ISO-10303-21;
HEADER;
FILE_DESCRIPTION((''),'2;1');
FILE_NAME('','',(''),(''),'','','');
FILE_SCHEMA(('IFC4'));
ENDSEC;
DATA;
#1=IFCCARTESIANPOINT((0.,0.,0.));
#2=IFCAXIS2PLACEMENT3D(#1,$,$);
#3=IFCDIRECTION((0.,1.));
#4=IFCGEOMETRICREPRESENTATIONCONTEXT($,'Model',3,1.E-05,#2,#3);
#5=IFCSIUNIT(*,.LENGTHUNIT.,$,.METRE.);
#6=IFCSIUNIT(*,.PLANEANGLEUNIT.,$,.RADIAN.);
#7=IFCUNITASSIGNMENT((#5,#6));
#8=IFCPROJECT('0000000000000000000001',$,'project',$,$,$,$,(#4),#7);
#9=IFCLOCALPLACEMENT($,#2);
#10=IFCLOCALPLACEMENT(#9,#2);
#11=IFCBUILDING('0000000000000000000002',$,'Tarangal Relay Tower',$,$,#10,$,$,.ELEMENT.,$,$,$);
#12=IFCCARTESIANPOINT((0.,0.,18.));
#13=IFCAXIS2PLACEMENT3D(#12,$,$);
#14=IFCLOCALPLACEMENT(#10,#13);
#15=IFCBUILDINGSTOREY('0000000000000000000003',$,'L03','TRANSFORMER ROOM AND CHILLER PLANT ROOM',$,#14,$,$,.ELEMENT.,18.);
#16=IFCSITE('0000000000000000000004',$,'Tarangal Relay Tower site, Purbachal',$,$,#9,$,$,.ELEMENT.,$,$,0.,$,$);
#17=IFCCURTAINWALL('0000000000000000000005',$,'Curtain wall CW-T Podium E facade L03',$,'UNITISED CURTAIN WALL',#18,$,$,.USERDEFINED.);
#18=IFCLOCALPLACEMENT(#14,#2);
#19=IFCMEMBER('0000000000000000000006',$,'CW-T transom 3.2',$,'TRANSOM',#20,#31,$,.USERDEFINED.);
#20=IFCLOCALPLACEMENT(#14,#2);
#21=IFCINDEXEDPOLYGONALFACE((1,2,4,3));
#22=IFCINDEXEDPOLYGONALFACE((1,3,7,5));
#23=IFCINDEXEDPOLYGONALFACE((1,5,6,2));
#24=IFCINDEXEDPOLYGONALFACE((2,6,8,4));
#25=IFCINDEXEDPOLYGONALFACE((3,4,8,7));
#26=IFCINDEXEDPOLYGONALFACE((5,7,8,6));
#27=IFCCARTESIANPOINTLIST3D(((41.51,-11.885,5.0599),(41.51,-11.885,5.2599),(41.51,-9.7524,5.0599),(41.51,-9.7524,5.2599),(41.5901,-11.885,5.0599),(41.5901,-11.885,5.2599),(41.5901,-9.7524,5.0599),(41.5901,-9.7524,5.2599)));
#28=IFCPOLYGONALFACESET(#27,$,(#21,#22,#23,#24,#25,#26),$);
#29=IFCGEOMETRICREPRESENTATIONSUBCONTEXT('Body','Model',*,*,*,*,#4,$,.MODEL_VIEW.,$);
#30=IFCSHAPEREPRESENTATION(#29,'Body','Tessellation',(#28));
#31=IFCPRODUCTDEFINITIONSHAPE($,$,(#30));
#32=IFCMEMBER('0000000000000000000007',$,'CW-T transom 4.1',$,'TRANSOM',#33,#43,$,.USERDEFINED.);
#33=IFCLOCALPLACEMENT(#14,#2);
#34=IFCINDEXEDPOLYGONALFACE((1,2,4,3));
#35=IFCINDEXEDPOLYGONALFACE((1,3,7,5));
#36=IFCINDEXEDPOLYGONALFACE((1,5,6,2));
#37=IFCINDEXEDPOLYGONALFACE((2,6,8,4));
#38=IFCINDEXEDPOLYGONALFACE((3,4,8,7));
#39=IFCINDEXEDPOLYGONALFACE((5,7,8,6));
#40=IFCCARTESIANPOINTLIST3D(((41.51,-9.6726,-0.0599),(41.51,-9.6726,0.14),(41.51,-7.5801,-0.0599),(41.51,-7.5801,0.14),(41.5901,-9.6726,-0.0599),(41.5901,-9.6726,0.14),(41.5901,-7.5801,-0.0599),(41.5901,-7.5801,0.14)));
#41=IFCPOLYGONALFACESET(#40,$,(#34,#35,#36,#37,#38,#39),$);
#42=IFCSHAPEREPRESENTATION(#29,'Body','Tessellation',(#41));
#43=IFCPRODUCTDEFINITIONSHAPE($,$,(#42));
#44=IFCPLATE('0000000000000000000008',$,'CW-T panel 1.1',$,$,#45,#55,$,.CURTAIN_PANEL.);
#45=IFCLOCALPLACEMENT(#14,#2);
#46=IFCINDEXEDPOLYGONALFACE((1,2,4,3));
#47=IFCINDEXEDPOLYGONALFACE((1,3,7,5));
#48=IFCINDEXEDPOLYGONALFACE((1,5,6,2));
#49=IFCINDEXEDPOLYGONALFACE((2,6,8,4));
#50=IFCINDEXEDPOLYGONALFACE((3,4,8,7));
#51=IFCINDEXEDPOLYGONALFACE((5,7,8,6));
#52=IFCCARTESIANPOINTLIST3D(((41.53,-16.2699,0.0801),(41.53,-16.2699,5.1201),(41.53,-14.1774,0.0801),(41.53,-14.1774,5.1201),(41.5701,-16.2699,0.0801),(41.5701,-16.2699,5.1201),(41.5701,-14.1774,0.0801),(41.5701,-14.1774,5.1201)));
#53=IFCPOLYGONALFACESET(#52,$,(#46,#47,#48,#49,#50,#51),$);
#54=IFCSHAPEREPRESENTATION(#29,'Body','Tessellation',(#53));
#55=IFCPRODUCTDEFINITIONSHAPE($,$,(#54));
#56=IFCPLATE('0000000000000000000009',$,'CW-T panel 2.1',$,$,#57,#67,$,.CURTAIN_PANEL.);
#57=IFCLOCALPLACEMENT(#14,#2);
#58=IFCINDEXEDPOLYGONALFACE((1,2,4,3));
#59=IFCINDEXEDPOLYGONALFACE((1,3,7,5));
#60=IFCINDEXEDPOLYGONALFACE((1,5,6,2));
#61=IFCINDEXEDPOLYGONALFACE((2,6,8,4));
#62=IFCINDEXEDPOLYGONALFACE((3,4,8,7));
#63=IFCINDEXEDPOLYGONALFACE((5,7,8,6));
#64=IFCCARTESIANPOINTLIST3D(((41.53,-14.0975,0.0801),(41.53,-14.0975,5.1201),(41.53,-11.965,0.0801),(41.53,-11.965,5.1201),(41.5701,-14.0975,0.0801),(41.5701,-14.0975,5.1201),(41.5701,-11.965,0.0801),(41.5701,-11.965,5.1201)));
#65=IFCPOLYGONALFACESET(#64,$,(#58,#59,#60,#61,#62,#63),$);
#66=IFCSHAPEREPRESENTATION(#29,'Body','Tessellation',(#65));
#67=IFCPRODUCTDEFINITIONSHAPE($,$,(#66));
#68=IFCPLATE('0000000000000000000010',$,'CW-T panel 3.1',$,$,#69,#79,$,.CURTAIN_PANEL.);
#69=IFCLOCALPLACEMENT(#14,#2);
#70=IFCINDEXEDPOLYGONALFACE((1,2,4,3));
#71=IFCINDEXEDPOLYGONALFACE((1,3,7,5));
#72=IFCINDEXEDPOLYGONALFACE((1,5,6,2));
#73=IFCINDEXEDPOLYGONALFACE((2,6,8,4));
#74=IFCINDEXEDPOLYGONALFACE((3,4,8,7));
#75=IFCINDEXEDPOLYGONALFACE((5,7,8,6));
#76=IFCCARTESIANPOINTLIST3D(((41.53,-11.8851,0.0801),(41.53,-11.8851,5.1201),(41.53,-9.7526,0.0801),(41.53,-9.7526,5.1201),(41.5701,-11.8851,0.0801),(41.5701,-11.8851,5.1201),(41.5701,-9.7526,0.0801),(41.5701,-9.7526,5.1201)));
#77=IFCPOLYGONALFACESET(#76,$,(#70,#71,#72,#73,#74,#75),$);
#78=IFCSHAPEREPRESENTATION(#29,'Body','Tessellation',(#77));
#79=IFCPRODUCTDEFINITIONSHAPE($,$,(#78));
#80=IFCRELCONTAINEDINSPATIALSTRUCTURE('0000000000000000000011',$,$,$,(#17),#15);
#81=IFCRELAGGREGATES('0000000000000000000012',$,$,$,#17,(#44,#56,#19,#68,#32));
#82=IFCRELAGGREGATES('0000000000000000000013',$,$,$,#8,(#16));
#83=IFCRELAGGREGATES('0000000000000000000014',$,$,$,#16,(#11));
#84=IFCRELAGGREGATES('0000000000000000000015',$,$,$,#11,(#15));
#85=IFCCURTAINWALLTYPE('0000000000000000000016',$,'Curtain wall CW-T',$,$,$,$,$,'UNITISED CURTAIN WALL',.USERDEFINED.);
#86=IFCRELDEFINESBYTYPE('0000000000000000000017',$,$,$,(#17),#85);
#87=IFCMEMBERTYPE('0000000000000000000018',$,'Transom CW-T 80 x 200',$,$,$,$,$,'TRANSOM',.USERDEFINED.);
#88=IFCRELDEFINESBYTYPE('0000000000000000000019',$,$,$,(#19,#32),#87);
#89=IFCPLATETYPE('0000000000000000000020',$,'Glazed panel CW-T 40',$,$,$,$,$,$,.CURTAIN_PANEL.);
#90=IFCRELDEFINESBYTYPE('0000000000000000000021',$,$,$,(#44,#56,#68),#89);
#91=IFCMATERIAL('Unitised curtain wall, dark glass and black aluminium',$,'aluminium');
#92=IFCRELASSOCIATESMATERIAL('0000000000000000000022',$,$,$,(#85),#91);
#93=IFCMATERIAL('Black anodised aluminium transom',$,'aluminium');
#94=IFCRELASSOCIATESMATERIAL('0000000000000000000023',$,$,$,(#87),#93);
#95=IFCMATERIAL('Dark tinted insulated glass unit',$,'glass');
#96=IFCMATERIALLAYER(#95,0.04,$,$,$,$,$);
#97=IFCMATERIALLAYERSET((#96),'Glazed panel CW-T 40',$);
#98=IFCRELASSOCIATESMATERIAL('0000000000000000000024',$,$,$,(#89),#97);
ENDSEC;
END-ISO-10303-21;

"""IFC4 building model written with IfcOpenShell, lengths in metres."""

from ifc_helpers import new_model, si_unit, direction, frame, origin, origin_2d, place, context, subcontext, project, spatial, rectangle, extrude, material, layer, layer_set, material_profile, profile_set, type_object, element, aggregate, save


model = new_model("IFC4")

# Units and contexts
model_context = context("Model", 3, precision=1e-05, world=origin(), true_north=direction((0.0, 1.0)))
body_context = subcontext(model_context, "Body", "Model", "MODEL_VIEW")
ifc_project = project(units=[si_unit("LENGTHUNIT", "METRE"), si_unit("PLANEANGLEUNIT", "RADIAN")], contexts=[model_context])

# Site, building, storey
site_placement = place(None, origin())
site = spatial("IfcSite", under=ifc_project, at=site_placement, Name="Tarangal Relay Tower site, Purbachal", CompositionType="ELEMENT", RefElevation=0.0)
building_placement = place(site_placement, origin())
building = spatial("IfcBuilding", under=site, at=building_placement, Name="Tarangal Relay Tower", CompositionType="ELEMENT")
storey_placement = place(building_placement, frame((0.0, 0.0, 18.0)))
storey = spatial("IfcBuildingStorey", under=building, at=storey_placement, Name="L03", Description="TRANSFORMER ROOM AND CHILLER PLANT ROOM", CompositionType="ELEMENT", Elevation=18.0)

# Shared definitions
ifc_material_1 = material(Name="Unitised curtain wall, dark glass and black aluminium", Category="aluminium")

# Curtain wall
curtain_wall_type_1 = type_object("IfcCurtainWallType", Name="Curtain wall CW-T", ElementType="UNITISED CURTAIN WALL", PredefinedType="USERDEFINED", material=ifc_material_1)
curtain_wall_1_placement = place(storey_placement, origin())
curtain_wall_1 = element("IfcCurtainWall", 1, at=curtain_wall_1_placement, inside=storey, type_object=curtain_wall_type_1, Name="Curtain wall CW-T Podium E facade L03", ObjectType="UNITISED CURTAIN WALL", PredefinedType="USERDEFINED")

# Members
ifc_material_2 = material(Name="Black anodised aluminium transom", Category="aluminium")
ifc_material_profile_1 = material_profile(ifc_material_2, rectangle(XDim=0.0801, YDim=0.2, at=origin_2d()), Name="CW-TT 80X200")
ifc_profile_set_1 = profile_set([ifc_material_profile_1], Name="Black anodised aluminium transom")
member_type_1 = type_object("IfcMemberType", Name="Transom CW-T 80 x 200", ElementType="TRANSOM", PredefinedType="USERDEFINED", material=ifc_profile_set_1)
member_1_placement = place(storey_placement, frame((41.55, -11.885, 5.1599), z_axis=(0.0, 1.0, 0.0), x_axis=(-1.0, 0.0, 0.0)))
member_1 = element("IfcMember", 2, at=member_1_placement, type_object=member_type_1, Name="CW-T transom 3.2", ObjectType="TRANSOM", PredefinedType="USERDEFINED", context=body_context, shape_type="SweptSolid", body=[
    extrude(rectangle(XDim=0.0801, YDim=0.2, at=origin_2d()), origin(), (0.0, 0.0, 1.0), 2.1326),
])
member_2_placement = place(storey_placement, frame((41.55, -9.6726, 0.04), z_axis=(0.0, 1.0, 0.0), x_axis=(-1.0, 0.0, 0.0)))
member_2 = element("IfcMember", 3, at=member_2_placement, type_object=member_type_1, Name="CW-T transom 4.1", ObjectType="TRANSOM", PredefinedType="USERDEFINED", context=body_context, shape_type="SweptSolid", body=[
    extrude(rectangle(XDim=0.0801, YDim=0.2, at=origin_2d()), origin(), (0.0, 0.0, 1.0), 2.0925),
])

# Plates
ifc_material_3 = material(Name="Dark tinted insulated glass unit", Category="glass")
ifc_layer = layer(ifc_material_3, 0.04)
ifc_layer_set = layer_set([ifc_layer], Name="Glazed panel CW-T 40")
plate_type = type_object("IfcPlateType", Name="Glazed panel CW-T 40", PredefinedType="CURTAIN_PANEL", material=ifc_layer_set)
plate_1_placement = place(storey_placement, frame((41.55, -15.2236, 0.0801), z_axis=(0.0, 0.0, 1.0), x_axis=(0.0, 1.0, 0.0)))
plate_1 = element("IfcPlate", 4, at=plate_1_placement, type_object=plate_type, Name="CW-T panel 1.1", PredefinedType="CURTAIN_PANEL", context=body_context, shape_type="SweptSolid", body=[
    extrude(rectangle(XDim=2.0925, YDim=0.04, at=origin_2d()), origin(), (0.0, 0.0, 1.0), 5.04),
])
plate_2_placement = place(storey_placement, frame((41.55, -13.0312, 0.0801), z_axis=(0.0, 0.0, 1.0), x_axis=(0.0, 1.0, 0.0)))
plate_2 = element("IfcPlate", 5, at=plate_2_placement, type_object=plate_type, Name="CW-T panel 2.1", PredefinedType="CURTAIN_PANEL", context=body_context, shape_type="SweptSolid", body=[
    extrude(rectangle(XDim=2.1326, YDim=0.04, at=origin_2d()), origin(), (0.0, 0.0, 1.0), 5.04),
])
plate_3_placement = place(storey_placement, frame((41.55, -10.8188, 0.0801), z_axis=(0.0, 0.0, 1.0), x_axis=(0.0, 1.0, 0.0)))
plate_3 = element("IfcPlate", 6, at=plate_3_placement, type_object=plate_type, Name="CW-T panel 3.1", PredefinedType="CURTAIN_PANEL", context=body_context, shape_type="SweptSolid", body=[
    extrude(rectangle(XDim=2.1326, YDim=0.04, at=origin_2d()), origin(), (0.0, 0.0, 1.0), 5.04),
])
aggregate(curtain_wall_1, [plate_1, plate_2, member_1, plate_3, member_2])

save(model, "model.ifc")
